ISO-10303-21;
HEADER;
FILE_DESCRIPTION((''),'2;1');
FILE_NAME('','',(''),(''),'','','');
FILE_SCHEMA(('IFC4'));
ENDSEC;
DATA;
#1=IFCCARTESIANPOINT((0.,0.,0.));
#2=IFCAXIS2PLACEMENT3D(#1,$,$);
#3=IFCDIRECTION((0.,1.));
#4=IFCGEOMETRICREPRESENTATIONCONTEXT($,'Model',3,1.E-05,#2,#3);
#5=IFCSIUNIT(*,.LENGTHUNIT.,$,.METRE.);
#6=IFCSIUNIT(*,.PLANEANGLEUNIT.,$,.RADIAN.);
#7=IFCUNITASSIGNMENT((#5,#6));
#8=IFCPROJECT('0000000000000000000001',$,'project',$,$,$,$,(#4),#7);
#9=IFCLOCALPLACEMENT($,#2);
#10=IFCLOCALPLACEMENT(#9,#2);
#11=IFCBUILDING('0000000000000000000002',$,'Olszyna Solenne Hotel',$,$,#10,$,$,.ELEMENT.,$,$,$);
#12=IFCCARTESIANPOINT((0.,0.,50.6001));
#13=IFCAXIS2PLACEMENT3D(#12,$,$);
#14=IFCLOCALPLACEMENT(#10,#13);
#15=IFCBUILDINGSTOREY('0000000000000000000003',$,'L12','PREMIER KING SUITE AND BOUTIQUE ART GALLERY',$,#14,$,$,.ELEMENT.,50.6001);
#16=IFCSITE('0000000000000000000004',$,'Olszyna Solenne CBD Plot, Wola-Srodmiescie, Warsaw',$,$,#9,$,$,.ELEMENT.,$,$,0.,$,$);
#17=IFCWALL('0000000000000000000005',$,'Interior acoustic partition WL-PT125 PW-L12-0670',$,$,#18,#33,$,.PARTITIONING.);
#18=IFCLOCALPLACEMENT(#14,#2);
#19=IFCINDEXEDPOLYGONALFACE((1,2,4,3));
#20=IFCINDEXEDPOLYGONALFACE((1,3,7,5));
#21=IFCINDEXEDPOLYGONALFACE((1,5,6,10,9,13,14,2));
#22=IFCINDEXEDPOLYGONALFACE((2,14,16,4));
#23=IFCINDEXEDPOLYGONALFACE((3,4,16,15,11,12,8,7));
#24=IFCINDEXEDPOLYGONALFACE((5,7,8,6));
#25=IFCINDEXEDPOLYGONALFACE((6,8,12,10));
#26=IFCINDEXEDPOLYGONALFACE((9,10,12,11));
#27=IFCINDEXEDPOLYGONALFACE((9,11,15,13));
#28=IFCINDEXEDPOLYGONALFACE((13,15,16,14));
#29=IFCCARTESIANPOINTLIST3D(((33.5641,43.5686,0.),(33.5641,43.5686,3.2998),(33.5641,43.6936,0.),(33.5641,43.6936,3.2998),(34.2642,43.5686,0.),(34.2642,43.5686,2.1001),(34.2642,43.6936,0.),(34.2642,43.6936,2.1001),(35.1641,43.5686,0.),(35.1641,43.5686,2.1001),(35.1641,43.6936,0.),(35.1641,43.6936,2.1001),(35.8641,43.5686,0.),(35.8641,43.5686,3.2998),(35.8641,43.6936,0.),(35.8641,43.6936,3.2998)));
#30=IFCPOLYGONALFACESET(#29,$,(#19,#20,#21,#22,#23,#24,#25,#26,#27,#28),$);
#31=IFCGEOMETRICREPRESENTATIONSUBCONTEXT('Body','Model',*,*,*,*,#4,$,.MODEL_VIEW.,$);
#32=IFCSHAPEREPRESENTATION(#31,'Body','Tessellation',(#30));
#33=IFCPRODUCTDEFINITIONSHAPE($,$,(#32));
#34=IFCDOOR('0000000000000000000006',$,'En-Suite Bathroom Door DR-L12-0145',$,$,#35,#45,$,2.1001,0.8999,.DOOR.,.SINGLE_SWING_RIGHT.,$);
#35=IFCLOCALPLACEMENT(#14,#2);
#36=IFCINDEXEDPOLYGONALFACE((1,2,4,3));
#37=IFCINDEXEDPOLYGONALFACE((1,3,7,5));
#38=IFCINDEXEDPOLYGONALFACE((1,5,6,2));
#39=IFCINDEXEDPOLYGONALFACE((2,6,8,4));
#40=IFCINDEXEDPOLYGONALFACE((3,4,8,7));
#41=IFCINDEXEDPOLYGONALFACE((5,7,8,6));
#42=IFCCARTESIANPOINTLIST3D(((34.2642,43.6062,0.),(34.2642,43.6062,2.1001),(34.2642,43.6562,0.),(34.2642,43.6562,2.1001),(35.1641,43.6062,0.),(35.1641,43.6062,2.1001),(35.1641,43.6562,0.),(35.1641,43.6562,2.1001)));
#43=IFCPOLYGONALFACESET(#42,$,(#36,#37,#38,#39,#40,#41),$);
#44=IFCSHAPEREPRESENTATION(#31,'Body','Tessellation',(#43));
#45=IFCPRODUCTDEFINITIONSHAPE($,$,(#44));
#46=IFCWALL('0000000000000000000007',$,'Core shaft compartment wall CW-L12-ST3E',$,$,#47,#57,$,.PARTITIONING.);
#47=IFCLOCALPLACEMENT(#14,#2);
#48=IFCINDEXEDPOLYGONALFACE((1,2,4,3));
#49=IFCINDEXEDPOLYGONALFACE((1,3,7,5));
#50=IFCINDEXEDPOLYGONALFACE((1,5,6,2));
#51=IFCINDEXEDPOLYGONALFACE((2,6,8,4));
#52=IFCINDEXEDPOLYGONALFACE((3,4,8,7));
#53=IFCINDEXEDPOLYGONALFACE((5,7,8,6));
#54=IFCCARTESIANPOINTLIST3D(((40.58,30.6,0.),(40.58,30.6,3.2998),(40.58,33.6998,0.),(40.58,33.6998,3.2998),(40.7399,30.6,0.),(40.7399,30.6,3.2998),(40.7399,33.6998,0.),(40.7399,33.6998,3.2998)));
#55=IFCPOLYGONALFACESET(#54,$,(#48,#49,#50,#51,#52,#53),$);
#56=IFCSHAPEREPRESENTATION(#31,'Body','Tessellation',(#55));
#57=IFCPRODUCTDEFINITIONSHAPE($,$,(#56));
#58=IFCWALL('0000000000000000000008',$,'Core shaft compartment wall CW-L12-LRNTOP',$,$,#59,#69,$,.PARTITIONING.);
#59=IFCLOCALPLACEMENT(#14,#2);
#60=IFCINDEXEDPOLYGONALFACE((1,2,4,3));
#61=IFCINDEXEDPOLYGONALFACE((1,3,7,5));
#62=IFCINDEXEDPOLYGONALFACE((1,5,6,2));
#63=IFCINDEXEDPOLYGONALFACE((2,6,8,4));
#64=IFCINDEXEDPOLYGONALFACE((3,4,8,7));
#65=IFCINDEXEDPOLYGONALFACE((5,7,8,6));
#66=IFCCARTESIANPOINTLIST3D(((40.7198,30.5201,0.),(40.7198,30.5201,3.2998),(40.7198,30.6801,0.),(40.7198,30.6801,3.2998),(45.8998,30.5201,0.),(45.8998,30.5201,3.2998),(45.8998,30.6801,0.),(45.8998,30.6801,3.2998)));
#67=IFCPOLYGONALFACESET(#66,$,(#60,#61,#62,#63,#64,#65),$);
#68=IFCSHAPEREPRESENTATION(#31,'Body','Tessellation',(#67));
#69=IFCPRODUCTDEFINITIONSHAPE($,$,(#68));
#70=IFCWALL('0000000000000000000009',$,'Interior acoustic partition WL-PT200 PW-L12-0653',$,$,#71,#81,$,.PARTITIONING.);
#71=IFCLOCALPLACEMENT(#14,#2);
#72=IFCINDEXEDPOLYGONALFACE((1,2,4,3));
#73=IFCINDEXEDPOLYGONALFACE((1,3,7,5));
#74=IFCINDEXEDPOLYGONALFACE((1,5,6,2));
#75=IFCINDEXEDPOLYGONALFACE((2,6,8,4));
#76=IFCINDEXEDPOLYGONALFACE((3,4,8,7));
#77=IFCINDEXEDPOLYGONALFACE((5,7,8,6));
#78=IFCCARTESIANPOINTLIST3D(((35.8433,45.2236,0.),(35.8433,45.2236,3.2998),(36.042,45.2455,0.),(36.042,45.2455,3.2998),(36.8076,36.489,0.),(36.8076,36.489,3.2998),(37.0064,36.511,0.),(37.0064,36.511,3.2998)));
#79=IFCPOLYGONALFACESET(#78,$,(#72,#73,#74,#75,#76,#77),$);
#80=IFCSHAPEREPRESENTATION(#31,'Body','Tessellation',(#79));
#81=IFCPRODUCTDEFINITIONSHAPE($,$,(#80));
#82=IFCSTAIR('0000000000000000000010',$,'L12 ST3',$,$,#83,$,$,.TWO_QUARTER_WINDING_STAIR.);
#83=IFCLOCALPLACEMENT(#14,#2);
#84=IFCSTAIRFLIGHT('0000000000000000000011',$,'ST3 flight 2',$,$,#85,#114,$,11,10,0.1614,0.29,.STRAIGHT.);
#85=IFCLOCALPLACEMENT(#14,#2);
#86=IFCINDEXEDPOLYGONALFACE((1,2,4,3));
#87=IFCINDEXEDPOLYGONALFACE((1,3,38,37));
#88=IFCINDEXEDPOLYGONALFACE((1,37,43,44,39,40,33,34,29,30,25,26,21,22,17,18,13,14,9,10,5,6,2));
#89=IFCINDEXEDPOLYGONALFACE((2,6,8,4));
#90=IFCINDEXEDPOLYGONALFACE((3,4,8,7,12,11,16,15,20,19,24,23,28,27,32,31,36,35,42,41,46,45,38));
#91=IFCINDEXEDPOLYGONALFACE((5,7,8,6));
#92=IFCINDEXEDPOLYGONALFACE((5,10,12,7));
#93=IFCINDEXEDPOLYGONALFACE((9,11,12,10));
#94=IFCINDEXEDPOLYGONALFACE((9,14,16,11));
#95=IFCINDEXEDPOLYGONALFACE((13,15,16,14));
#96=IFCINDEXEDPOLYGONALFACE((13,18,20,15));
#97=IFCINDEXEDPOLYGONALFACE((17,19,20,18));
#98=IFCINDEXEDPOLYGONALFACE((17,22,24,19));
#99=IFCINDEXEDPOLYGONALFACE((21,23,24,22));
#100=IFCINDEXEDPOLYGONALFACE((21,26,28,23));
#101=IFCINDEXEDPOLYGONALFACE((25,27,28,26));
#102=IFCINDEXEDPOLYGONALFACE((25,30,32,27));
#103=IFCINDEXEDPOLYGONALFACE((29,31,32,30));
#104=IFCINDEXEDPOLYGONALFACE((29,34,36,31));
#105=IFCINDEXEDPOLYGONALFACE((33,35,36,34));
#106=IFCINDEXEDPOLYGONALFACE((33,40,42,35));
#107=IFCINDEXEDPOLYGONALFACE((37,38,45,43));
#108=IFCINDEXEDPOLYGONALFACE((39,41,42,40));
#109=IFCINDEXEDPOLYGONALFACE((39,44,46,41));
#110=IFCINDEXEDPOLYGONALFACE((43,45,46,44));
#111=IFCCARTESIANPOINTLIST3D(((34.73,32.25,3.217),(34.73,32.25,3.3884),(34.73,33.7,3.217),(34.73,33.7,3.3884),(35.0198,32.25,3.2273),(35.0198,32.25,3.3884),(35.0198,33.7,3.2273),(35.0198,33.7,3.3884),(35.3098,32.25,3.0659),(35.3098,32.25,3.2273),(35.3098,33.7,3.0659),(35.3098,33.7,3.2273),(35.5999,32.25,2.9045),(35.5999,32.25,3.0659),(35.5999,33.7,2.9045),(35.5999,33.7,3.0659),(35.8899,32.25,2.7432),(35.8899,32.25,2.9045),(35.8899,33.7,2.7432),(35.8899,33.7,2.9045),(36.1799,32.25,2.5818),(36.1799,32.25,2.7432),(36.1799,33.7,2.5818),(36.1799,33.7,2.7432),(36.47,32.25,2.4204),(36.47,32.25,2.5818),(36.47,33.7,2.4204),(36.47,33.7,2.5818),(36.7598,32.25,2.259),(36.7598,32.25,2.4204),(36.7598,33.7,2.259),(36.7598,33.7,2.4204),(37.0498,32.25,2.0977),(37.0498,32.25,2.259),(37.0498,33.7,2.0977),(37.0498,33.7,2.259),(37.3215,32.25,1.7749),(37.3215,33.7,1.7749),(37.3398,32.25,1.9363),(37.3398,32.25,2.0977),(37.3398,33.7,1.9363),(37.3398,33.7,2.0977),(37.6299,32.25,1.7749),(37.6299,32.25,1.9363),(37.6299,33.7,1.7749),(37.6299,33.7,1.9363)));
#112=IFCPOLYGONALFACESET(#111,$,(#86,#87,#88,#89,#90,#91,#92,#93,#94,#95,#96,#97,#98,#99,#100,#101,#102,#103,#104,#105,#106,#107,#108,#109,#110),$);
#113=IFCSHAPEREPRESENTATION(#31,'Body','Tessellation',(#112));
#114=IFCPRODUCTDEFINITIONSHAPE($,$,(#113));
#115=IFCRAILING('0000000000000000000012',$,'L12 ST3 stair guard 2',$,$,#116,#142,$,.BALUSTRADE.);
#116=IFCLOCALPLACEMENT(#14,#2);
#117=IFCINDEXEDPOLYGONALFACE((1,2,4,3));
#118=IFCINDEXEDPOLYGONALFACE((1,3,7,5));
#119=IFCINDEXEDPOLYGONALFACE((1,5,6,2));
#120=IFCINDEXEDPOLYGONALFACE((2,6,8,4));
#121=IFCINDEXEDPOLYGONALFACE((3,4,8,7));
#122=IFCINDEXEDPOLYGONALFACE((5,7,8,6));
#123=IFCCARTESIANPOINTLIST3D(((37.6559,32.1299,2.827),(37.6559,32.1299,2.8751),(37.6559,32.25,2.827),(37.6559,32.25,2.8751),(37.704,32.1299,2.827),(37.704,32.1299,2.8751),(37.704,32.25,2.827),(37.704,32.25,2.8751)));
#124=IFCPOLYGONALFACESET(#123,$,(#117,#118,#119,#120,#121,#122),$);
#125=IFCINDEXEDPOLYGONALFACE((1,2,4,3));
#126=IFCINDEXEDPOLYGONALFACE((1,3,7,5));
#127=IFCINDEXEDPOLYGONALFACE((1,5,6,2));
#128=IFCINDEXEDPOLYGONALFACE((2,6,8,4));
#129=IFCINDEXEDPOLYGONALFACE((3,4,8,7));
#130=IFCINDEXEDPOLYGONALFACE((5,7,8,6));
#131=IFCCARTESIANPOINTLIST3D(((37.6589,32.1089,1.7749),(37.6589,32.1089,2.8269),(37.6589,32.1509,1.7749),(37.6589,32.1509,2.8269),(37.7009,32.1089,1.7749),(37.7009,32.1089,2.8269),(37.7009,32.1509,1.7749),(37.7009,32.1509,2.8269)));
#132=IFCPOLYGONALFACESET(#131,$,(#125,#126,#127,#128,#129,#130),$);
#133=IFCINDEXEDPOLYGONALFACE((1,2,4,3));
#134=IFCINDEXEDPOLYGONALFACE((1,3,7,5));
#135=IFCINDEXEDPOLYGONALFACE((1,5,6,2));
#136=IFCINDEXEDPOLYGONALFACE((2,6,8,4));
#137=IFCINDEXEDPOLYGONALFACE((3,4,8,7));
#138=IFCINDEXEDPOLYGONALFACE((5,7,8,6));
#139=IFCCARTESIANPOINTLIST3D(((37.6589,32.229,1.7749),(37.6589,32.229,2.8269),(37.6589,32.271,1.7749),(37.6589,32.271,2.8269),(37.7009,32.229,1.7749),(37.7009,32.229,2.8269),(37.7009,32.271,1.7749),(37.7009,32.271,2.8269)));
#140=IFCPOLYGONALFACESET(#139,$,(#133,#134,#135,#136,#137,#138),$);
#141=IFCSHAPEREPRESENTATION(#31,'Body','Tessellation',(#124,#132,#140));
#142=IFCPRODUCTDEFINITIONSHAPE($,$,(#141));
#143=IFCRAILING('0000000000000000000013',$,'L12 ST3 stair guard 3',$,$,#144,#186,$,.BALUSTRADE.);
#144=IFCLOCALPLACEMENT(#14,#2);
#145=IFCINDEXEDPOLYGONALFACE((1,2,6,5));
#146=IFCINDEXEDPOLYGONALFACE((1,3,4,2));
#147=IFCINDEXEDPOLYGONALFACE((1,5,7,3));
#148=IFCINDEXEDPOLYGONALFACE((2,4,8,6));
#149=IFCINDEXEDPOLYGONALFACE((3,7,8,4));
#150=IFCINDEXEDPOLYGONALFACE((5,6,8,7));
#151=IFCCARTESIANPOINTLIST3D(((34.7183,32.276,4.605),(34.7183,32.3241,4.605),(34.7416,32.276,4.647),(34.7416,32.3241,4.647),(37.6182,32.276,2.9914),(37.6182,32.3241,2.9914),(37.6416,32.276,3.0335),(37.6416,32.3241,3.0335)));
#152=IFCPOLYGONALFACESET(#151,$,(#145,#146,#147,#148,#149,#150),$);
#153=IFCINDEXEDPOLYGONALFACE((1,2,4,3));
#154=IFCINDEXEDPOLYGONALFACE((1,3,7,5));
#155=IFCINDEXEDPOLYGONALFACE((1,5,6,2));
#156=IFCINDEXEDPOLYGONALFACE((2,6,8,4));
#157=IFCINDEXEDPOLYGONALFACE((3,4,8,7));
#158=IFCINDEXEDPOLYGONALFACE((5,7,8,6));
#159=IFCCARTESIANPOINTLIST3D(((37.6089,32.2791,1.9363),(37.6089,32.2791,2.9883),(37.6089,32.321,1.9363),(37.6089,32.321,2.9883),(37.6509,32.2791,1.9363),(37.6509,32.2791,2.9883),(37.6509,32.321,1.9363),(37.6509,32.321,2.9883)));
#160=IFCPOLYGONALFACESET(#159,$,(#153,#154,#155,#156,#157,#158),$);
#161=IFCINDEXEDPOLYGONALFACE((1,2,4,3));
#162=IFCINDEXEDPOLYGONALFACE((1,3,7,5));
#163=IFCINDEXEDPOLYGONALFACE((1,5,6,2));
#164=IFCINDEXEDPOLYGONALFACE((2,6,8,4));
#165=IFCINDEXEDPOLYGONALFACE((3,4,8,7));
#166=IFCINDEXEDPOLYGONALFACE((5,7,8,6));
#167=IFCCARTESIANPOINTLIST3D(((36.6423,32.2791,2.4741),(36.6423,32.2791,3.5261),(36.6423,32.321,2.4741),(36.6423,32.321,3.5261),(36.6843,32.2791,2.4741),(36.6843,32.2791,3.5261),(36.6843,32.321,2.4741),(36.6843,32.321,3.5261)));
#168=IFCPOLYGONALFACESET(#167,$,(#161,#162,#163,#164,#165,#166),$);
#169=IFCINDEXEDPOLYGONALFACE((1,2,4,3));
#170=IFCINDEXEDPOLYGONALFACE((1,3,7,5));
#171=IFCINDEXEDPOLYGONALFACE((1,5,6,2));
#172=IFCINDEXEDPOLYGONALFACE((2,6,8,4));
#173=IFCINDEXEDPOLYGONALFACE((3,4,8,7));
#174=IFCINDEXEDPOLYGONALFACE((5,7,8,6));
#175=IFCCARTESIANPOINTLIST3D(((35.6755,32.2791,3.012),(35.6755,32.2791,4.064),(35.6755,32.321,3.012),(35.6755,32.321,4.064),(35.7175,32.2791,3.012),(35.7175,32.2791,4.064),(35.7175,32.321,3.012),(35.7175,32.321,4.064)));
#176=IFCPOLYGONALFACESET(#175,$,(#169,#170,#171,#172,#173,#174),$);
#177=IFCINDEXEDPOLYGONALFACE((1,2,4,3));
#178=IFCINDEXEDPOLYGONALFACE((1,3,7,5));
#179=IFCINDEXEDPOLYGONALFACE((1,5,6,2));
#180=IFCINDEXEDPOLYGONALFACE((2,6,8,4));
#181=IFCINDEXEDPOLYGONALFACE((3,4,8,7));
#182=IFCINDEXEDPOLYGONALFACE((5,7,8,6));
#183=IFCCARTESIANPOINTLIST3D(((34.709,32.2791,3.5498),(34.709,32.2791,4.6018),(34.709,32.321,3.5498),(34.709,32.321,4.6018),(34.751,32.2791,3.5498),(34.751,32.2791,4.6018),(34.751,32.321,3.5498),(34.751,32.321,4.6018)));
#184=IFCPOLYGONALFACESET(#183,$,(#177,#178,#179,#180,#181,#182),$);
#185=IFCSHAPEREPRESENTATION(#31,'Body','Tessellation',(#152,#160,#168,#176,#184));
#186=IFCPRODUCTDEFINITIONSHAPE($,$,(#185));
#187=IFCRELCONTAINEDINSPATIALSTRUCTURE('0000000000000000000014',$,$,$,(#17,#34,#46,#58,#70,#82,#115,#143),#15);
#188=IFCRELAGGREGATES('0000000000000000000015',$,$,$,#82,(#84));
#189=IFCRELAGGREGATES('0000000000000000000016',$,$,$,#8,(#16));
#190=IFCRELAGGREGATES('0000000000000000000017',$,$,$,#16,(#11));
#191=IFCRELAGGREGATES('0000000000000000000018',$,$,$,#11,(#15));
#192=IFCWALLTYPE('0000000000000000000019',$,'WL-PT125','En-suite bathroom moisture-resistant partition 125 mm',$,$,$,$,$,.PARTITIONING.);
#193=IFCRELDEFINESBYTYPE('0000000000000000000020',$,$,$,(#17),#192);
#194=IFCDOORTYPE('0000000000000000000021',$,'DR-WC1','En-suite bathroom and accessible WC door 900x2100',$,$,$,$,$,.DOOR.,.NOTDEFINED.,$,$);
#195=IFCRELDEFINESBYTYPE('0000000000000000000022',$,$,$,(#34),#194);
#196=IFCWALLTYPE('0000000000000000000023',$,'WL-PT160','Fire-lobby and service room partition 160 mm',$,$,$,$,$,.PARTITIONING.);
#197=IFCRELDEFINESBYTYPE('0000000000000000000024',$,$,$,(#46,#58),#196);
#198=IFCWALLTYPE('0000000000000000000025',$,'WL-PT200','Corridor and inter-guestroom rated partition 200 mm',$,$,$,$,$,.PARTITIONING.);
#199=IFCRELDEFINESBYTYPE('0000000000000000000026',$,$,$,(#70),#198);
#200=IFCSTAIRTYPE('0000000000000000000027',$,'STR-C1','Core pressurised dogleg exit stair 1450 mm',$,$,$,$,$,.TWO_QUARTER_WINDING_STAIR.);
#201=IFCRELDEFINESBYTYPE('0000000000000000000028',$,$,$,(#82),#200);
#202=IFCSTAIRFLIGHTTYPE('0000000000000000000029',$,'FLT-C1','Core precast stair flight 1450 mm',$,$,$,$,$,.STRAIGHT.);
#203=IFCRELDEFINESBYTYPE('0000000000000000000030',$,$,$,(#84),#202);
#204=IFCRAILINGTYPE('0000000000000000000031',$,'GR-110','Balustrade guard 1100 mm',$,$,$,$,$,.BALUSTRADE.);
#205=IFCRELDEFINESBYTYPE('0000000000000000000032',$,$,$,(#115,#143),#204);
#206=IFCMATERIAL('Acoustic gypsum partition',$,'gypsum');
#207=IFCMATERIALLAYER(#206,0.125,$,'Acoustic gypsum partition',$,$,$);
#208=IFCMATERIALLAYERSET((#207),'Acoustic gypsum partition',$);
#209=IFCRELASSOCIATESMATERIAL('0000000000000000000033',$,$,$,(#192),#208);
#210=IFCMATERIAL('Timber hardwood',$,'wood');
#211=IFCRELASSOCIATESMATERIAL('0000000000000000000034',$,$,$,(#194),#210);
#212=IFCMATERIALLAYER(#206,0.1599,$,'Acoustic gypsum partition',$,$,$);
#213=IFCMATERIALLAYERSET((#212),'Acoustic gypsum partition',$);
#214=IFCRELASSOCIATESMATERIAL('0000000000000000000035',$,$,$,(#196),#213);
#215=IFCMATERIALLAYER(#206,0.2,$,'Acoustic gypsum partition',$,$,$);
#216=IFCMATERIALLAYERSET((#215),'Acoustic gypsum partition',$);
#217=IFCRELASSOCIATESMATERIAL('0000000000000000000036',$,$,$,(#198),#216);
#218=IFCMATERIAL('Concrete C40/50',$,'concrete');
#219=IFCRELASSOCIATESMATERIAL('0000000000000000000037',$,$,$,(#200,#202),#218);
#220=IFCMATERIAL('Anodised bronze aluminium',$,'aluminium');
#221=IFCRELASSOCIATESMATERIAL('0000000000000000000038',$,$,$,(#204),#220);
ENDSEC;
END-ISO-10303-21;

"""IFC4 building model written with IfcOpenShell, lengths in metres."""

from ifc_helpers import new_model, si_unit, direction, frame, frame_2d, origin, origin_2d, place, context, subcontext, project, spatial, polyline, rectangle, outline, extrude, source, transform, mapped, material, layer, layer_set, type_object, type_shapes, element, fill, aggregate, save


model = new_model("IFC4")

# Units and contexts
model_context = context("Model", 3, precision=1e-05, world=origin(), true_north=direction((0.0, 1.0)))
body_context = subcontext(model_context, "Body", "Model", "MODEL_VIEW")
ifc_project = project(units=[si_unit("LENGTHUNIT", "METRE"), si_unit("PLANEANGLEUNIT", "RADIAN")], contexts=[model_context])

# Site, building, storey
site_placement = place(None, origin())
site = spatial("IfcSite", under=ifc_project, at=site_placement, Name="Olszyna Solenne CBD Plot, Wola-Srodmiescie, Warsaw", CompositionType="ELEMENT", RefElevation=0.0)
building_placement = place(site_placement, origin())
building = spatial("IfcBuilding", under=site, at=building_placement, Name="Olszyna Solenne Hotel", CompositionType="ELEMENT")
storey_placement = place(building_placement, frame((0.0, 0.0, 50.6001)))
storey = spatial("IfcBuildingStorey", under=building, at=storey_placement, Name="L12", Description="PREMIER KING SUITE AND BOUTIQUE ART GALLERY", CompositionType="ELEMENT", Elevation=50.6001)

# Shared definitions
ifc_material_1 = material(Name="Anodised bronze aluminium", Category="aluminium")

# Shared definitions
ifc_material_2 = material(Name="Acoustic gypsum partition", Category="gypsum")
ifc_layer_1 = layer(ifc_material_2, 0.125, Name="Acoustic gypsum partition")
ifc_layer_set_1 = layer_set([ifc_layer_1], Name="Acoustic gypsum partition")
wall_type_1 = type_object("IfcWallType", Name="WL-PT125", Description="En-suite bathroom moisture-resistant partition 125 mm", PredefinedType="PARTITIONING", material=ifc_layer_set_1)

# Shared definitions
ifc_material_3 = material(Name="Timber hardwood", Category="wood")
door_type = type_object("IfcDoorType", Name="DR-WC1", Description="En-suite bathroom and accessible WC door 900x2100", OperationType="NOTDEFINED", PredefinedType="DOOR", material=ifc_material_3)
shared_shape_1 = source(origin(), body_context, "Body", "SweptSolid", [
    extrude(rectangle(XDim=0.8999, YDim=2.1001, at=frame_2d((0.45, 1.05))), frame((0.0, 0.0249, 0.0), z_axis=(0.0, -1.0, 0.0), x_axis=(1.0, 0.0, 0.0)), (0.0, 0.0, 1.0), 0.05),
])
type_shapes(door_type, [shared_shape_1])

# Wall, opening, door
wall_1_placement = place(storey_placement, frame((35.864, 43.6311, 0.0), z_axis=(0.0, 0.0, 1.0), x_axis=(-1.0, 0.0, 0.0)))
wall_1 = element("IfcWall", 1, at=wall_1_placement, inside=storey, type_object=wall_type_1, Name="Interior acoustic partition WL-PT125 PW-L12-0670", PredefinedType="PARTITIONING", context=body_context, shape_type="SweptSolid", body=[
    extrude(rectangle(XDim=2.3, YDim=0.125, at=frame_2d((1.1499, 0.0))), origin(), (0.0, 0.0, 1.0), 3.2998),
])
opening_1_placement = place(wall_1_placement, frame((0.7, 0.0, 0.0)))
opening_1 = element("IfcOpeningElement", 2, at=opening_1_placement, cuts=wall_1, PredefinedType="OPENING", context=body_context, shape_type="SweptSolid", body=[
    extrude(rectangle(XDim=0.8999, YDim=2.1001, at=frame_2d((0.45, 1.05))), frame((0.0, 0.0725, 0.0), z_axis=(0.0, -1.0, 0.0), x_axis=(1.0, 0.0, 0.0)), (0.0, 0.0, 1.0), 0.145),
])
door_1_placement = place(opening_1_placement, origin())
door_1 = element("IfcDoor", 3, at=door_1_placement, inside=storey, type_object=door_type, Name="En-Suite Bathroom Door DR-L12-0145", OperationType="SINGLE_SWING_RIGHT", OverallHeight=2.1001, OverallWidth=0.8999, PredefinedType="DOOR", context=body_context, shape_type="MappedRepresentation", body=[
    mapped(shared_shape_1, transform((0.0, 0.0, 0.0), x_axis=(1.0, 0.0, 0.0), y_axis=(0.0, 1.0, 0.0), z_axis=(0.0, 0.0, 1.0), scale=1.0)),
])
fill(opening_1, door_1)

# Walls
ifc_layer_2 = layer(ifc_material_2, 0.1599, Name="Acoustic gypsum partition")
ifc_layer_set_2 = layer_set([ifc_layer_2], Name="Acoustic gypsum partition")
wall_type_2 = type_object("IfcWallType", Name="WL-PT160", Description="Fire-lobby and service room partition 160 mm", PredefinedType="PARTITIONING", material=ifc_layer_set_2)
wall_2_placement = place(storey_placement, frame((40.6599, 30.6001, 0.0), z_axis=(0.0, 0.0, 1.0), x_axis=(0.0, 1.0, 0.0)))
element("IfcWall", 4, at=wall_2_placement, inside=storey, type_object=wall_type_2, Name="Core shaft compartment wall CW-L12-ST3E", PredefinedType="PARTITIONING", context=body_context, shape_type="SweptSolid", body=[
    extrude(rectangle(XDim=3.0999, YDim=0.1599, at=frame_2d((1.5498, 0.0))), origin(), (0.0, 0.0, 1.0), 3.2998),
])
wall_3_placement = place(storey_placement, frame((40.72, 30.6001, 0.0), z_axis=(0.0, 0.0, 1.0), x_axis=(1.0, 0.0, 0.0)))
element("IfcWall", 5, at=wall_3_placement, inside=storey, type_object=wall_type_2, Name="Core shaft compartment wall CW-L12-LRNTOP", PredefinedType="PARTITIONING", context=body_context, shape_type="SweptSolid", body=[
    extrude(rectangle(XDim=5.1799, YDim=0.1599, at=frame_2d((2.5898, 0.0))), origin(), (0.0, 0.0, 1.0), 3.2998),
])
ifc_layer_3 = layer(ifc_material_2, 0.2, Name="Acoustic gypsum partition")
ifc_layer_set_3 = layer_set([ifc_layer_3], Name="Acoustic gypsum partition")
wall_type_3 = type_object("IfcWallType", Name="WL-PT200", Description="Corridor and inter-guestroom rated partition 200 mm", PredefinedType="PARTITIONING", material=ifc_layer_set_3)
wall_4_placement = place(storey_placement, frame((36.907, 36.5, 0.0), z_axis=(0.0, 0.0, 1.0), x_axis=(-0.109739, 0.99396, 0.0)))
element("IfcWall", 6, at=wall_4_placement, inside=storey, type_object=wall_type_3, Name="Interior acoustic partition WL-PT200 PW-L12-0653", PredefinedType="PARTITIONING", context=body_context, shape_type="SweptSolid", body=[
    extrude(rectangle(XDim=8.7876, YDim=0.2, at=frame_2d((4.3938, 0.0))), origin(), (0.0, 0.0, 1.0), 3.2998),
])

# Stair, stair flight
ifc_material_4 = material(Name="Concrete C40/50", Category="concrete")
stair_type = type_object("IfcStairType", Name="STR-C1", Description="Core pressurised dogleg exit stair 1450 mm", PredefinedType="TWO_QUARTER_WINDING_STAIR", material=ifc_material_4)
stair_placement = place(storey_placement, origin())
stair = element("IfcStair", 7, at=stair_placement, inside=storey, type_object=stair_type, Name="L12 ST3", PredefinedType="TWO_QUARTER_WINDING_STAIR")
stair_flight_type = type_object("IfcStairFlightType", Name="FLT-C1", Description="Core precast stair flight 1450 mm", PredefinedType="STRAIGHT", material=ifc_material_4)
stair_flight_placement = place(storey_placement, frame((37.6299, 32.9751, 1.7749), z_axis=(0.0, 0.0, 1.0), x_axis=(-1.0, 0.0, 0.0)))
stair_flight = element("IfcStairFlight", 8, at=stair_flight_placement, type_object=stair_flight_type, Name="ST3 flight 2", NumberOfRisers=11, NumberOfTreads=10, PredefinedType="STRAIGHT", RiserHeight=0.1614, TreadLength=0.29, context=body_context, shape_type="SweptSolid", body=[
    extrude(outline(polyline([(0.0, 0.0), (0.0, 0.1614), (0.29, 0.1614), (0.29, 0.3228), (0.5801, 0.3228), (0.5801, 0.4841), (0.8701, 0.4841), (0.8701, 0.6455), (1.1599, 0.6455), (1.1599, 0.8069), (1.45, 0.8069), (1.45, 0.9683), (1.74, 0.9683), (1.74, 1.1296), (2.03, 1.1296), (2.03, 1.291), (2.3201, 1.291), (2.3201, 1.4524), (2.6101, 1.4524), (2.6101, 1.6135), (2.8999, 1.6135), (2.8999, 1.7749), (2.8999, 1.4421), (0.3083, 0.0), (0.0, 0.0)])), frame((0.0, 0.7251, 0.0), z_axis=(0.0, -1.0, 0.0), x_axis=(1.0, 0.0, 0.0)), (0.0, 0.0, 1.0), 1.45),
])
aggregate(stair, [stair_flight])

# Railings
railing_type_1 = type_object("IfcRailingType", Name="GR-110", Description="Balustrade guard 1100 mm", PredefinedType="BALUSTRADE", material=ifc_material_1)
railing_1_placement = place(storey_placement, frame((37.6799, 32.1299, 1.7749)))
element("IfcRailing", 9, at=railing_1_placement, inside=storey, type_object=railing_type_1, Name="L12 ST3 stair guard 2", PredefinedType="BALUSTRADE", context=body_context, shape_type="SweptSolid", body=[
    extrude(rectangle(XDim=0.0481, YDim=0.0481, at=origin_2d()), frame((0.0, 0.0, 1.0762), z_axis=(0.0, 1.0, 0.0), x_axis=(-1.0, 0.0, 0.0)), (0.0, 0.0, 1.0), 0.1201),
    extrude(rectangle(XDim=0.042, YDim=0.042, at=origin_2d()), origin(), (0.0, 0.0, 1.0), 1.052),
    extrude(rectangle(XDim=0.042, YDim=0.042, at=origin_2d()), frame((0.0, 0.1201, 0.0)), (0.0, 0.0, 1.0), 1.052),
])
railing_2_placement = place(storey_placement, frame((37.6299, 32.3, 1.9363)))
element("IfcRailing", 10, at=railing_2_placement, inside=storey, type_object=railing_type_1, Name="L12 ST3 stair guard 3", PredefinedType="BALUSTRADE", context=body_context, shape_type="SweptSolid", body=[
    extrude(rectangle(XDim=0.0481, YDim=0.0481, at=origin_2d()), frame((0.0, 0.0, 1.0762), z_axis=(-0.873841, 0.0, 0.486211), x_axis=(0.0, -1.0, 0.0)), (0.0, 0.0, 1.0), 3.3186),
    extrude(rectangle(XDim=0.042, YDim=0.042, at=origin_2d()), origin(), (0.0, 0.0, 1.0), 1.052),
    extrude(rectangle(XDim=0.042, YDim=0.042, at=origin_2d()), frame((-0.9666, 0.0, 0.5378)), (0.0, 0.0, 1.0), 1.052),
    extrude(rectangle(XDim=0.042, YDim=0.042, at=origin_2d()), frame((-1.9333, 0.0, 1.0757)), (0.0, 0.0, 1.0), 1.052),
    extrude(rectangle(XDim=0.042, YDim=0.042, at=origin_2d()), frame((-2.8999, 0.0, 1.6135)), (0.0, 0.0, 1.0), 1.052),
])

save(model, "model.ifc")
